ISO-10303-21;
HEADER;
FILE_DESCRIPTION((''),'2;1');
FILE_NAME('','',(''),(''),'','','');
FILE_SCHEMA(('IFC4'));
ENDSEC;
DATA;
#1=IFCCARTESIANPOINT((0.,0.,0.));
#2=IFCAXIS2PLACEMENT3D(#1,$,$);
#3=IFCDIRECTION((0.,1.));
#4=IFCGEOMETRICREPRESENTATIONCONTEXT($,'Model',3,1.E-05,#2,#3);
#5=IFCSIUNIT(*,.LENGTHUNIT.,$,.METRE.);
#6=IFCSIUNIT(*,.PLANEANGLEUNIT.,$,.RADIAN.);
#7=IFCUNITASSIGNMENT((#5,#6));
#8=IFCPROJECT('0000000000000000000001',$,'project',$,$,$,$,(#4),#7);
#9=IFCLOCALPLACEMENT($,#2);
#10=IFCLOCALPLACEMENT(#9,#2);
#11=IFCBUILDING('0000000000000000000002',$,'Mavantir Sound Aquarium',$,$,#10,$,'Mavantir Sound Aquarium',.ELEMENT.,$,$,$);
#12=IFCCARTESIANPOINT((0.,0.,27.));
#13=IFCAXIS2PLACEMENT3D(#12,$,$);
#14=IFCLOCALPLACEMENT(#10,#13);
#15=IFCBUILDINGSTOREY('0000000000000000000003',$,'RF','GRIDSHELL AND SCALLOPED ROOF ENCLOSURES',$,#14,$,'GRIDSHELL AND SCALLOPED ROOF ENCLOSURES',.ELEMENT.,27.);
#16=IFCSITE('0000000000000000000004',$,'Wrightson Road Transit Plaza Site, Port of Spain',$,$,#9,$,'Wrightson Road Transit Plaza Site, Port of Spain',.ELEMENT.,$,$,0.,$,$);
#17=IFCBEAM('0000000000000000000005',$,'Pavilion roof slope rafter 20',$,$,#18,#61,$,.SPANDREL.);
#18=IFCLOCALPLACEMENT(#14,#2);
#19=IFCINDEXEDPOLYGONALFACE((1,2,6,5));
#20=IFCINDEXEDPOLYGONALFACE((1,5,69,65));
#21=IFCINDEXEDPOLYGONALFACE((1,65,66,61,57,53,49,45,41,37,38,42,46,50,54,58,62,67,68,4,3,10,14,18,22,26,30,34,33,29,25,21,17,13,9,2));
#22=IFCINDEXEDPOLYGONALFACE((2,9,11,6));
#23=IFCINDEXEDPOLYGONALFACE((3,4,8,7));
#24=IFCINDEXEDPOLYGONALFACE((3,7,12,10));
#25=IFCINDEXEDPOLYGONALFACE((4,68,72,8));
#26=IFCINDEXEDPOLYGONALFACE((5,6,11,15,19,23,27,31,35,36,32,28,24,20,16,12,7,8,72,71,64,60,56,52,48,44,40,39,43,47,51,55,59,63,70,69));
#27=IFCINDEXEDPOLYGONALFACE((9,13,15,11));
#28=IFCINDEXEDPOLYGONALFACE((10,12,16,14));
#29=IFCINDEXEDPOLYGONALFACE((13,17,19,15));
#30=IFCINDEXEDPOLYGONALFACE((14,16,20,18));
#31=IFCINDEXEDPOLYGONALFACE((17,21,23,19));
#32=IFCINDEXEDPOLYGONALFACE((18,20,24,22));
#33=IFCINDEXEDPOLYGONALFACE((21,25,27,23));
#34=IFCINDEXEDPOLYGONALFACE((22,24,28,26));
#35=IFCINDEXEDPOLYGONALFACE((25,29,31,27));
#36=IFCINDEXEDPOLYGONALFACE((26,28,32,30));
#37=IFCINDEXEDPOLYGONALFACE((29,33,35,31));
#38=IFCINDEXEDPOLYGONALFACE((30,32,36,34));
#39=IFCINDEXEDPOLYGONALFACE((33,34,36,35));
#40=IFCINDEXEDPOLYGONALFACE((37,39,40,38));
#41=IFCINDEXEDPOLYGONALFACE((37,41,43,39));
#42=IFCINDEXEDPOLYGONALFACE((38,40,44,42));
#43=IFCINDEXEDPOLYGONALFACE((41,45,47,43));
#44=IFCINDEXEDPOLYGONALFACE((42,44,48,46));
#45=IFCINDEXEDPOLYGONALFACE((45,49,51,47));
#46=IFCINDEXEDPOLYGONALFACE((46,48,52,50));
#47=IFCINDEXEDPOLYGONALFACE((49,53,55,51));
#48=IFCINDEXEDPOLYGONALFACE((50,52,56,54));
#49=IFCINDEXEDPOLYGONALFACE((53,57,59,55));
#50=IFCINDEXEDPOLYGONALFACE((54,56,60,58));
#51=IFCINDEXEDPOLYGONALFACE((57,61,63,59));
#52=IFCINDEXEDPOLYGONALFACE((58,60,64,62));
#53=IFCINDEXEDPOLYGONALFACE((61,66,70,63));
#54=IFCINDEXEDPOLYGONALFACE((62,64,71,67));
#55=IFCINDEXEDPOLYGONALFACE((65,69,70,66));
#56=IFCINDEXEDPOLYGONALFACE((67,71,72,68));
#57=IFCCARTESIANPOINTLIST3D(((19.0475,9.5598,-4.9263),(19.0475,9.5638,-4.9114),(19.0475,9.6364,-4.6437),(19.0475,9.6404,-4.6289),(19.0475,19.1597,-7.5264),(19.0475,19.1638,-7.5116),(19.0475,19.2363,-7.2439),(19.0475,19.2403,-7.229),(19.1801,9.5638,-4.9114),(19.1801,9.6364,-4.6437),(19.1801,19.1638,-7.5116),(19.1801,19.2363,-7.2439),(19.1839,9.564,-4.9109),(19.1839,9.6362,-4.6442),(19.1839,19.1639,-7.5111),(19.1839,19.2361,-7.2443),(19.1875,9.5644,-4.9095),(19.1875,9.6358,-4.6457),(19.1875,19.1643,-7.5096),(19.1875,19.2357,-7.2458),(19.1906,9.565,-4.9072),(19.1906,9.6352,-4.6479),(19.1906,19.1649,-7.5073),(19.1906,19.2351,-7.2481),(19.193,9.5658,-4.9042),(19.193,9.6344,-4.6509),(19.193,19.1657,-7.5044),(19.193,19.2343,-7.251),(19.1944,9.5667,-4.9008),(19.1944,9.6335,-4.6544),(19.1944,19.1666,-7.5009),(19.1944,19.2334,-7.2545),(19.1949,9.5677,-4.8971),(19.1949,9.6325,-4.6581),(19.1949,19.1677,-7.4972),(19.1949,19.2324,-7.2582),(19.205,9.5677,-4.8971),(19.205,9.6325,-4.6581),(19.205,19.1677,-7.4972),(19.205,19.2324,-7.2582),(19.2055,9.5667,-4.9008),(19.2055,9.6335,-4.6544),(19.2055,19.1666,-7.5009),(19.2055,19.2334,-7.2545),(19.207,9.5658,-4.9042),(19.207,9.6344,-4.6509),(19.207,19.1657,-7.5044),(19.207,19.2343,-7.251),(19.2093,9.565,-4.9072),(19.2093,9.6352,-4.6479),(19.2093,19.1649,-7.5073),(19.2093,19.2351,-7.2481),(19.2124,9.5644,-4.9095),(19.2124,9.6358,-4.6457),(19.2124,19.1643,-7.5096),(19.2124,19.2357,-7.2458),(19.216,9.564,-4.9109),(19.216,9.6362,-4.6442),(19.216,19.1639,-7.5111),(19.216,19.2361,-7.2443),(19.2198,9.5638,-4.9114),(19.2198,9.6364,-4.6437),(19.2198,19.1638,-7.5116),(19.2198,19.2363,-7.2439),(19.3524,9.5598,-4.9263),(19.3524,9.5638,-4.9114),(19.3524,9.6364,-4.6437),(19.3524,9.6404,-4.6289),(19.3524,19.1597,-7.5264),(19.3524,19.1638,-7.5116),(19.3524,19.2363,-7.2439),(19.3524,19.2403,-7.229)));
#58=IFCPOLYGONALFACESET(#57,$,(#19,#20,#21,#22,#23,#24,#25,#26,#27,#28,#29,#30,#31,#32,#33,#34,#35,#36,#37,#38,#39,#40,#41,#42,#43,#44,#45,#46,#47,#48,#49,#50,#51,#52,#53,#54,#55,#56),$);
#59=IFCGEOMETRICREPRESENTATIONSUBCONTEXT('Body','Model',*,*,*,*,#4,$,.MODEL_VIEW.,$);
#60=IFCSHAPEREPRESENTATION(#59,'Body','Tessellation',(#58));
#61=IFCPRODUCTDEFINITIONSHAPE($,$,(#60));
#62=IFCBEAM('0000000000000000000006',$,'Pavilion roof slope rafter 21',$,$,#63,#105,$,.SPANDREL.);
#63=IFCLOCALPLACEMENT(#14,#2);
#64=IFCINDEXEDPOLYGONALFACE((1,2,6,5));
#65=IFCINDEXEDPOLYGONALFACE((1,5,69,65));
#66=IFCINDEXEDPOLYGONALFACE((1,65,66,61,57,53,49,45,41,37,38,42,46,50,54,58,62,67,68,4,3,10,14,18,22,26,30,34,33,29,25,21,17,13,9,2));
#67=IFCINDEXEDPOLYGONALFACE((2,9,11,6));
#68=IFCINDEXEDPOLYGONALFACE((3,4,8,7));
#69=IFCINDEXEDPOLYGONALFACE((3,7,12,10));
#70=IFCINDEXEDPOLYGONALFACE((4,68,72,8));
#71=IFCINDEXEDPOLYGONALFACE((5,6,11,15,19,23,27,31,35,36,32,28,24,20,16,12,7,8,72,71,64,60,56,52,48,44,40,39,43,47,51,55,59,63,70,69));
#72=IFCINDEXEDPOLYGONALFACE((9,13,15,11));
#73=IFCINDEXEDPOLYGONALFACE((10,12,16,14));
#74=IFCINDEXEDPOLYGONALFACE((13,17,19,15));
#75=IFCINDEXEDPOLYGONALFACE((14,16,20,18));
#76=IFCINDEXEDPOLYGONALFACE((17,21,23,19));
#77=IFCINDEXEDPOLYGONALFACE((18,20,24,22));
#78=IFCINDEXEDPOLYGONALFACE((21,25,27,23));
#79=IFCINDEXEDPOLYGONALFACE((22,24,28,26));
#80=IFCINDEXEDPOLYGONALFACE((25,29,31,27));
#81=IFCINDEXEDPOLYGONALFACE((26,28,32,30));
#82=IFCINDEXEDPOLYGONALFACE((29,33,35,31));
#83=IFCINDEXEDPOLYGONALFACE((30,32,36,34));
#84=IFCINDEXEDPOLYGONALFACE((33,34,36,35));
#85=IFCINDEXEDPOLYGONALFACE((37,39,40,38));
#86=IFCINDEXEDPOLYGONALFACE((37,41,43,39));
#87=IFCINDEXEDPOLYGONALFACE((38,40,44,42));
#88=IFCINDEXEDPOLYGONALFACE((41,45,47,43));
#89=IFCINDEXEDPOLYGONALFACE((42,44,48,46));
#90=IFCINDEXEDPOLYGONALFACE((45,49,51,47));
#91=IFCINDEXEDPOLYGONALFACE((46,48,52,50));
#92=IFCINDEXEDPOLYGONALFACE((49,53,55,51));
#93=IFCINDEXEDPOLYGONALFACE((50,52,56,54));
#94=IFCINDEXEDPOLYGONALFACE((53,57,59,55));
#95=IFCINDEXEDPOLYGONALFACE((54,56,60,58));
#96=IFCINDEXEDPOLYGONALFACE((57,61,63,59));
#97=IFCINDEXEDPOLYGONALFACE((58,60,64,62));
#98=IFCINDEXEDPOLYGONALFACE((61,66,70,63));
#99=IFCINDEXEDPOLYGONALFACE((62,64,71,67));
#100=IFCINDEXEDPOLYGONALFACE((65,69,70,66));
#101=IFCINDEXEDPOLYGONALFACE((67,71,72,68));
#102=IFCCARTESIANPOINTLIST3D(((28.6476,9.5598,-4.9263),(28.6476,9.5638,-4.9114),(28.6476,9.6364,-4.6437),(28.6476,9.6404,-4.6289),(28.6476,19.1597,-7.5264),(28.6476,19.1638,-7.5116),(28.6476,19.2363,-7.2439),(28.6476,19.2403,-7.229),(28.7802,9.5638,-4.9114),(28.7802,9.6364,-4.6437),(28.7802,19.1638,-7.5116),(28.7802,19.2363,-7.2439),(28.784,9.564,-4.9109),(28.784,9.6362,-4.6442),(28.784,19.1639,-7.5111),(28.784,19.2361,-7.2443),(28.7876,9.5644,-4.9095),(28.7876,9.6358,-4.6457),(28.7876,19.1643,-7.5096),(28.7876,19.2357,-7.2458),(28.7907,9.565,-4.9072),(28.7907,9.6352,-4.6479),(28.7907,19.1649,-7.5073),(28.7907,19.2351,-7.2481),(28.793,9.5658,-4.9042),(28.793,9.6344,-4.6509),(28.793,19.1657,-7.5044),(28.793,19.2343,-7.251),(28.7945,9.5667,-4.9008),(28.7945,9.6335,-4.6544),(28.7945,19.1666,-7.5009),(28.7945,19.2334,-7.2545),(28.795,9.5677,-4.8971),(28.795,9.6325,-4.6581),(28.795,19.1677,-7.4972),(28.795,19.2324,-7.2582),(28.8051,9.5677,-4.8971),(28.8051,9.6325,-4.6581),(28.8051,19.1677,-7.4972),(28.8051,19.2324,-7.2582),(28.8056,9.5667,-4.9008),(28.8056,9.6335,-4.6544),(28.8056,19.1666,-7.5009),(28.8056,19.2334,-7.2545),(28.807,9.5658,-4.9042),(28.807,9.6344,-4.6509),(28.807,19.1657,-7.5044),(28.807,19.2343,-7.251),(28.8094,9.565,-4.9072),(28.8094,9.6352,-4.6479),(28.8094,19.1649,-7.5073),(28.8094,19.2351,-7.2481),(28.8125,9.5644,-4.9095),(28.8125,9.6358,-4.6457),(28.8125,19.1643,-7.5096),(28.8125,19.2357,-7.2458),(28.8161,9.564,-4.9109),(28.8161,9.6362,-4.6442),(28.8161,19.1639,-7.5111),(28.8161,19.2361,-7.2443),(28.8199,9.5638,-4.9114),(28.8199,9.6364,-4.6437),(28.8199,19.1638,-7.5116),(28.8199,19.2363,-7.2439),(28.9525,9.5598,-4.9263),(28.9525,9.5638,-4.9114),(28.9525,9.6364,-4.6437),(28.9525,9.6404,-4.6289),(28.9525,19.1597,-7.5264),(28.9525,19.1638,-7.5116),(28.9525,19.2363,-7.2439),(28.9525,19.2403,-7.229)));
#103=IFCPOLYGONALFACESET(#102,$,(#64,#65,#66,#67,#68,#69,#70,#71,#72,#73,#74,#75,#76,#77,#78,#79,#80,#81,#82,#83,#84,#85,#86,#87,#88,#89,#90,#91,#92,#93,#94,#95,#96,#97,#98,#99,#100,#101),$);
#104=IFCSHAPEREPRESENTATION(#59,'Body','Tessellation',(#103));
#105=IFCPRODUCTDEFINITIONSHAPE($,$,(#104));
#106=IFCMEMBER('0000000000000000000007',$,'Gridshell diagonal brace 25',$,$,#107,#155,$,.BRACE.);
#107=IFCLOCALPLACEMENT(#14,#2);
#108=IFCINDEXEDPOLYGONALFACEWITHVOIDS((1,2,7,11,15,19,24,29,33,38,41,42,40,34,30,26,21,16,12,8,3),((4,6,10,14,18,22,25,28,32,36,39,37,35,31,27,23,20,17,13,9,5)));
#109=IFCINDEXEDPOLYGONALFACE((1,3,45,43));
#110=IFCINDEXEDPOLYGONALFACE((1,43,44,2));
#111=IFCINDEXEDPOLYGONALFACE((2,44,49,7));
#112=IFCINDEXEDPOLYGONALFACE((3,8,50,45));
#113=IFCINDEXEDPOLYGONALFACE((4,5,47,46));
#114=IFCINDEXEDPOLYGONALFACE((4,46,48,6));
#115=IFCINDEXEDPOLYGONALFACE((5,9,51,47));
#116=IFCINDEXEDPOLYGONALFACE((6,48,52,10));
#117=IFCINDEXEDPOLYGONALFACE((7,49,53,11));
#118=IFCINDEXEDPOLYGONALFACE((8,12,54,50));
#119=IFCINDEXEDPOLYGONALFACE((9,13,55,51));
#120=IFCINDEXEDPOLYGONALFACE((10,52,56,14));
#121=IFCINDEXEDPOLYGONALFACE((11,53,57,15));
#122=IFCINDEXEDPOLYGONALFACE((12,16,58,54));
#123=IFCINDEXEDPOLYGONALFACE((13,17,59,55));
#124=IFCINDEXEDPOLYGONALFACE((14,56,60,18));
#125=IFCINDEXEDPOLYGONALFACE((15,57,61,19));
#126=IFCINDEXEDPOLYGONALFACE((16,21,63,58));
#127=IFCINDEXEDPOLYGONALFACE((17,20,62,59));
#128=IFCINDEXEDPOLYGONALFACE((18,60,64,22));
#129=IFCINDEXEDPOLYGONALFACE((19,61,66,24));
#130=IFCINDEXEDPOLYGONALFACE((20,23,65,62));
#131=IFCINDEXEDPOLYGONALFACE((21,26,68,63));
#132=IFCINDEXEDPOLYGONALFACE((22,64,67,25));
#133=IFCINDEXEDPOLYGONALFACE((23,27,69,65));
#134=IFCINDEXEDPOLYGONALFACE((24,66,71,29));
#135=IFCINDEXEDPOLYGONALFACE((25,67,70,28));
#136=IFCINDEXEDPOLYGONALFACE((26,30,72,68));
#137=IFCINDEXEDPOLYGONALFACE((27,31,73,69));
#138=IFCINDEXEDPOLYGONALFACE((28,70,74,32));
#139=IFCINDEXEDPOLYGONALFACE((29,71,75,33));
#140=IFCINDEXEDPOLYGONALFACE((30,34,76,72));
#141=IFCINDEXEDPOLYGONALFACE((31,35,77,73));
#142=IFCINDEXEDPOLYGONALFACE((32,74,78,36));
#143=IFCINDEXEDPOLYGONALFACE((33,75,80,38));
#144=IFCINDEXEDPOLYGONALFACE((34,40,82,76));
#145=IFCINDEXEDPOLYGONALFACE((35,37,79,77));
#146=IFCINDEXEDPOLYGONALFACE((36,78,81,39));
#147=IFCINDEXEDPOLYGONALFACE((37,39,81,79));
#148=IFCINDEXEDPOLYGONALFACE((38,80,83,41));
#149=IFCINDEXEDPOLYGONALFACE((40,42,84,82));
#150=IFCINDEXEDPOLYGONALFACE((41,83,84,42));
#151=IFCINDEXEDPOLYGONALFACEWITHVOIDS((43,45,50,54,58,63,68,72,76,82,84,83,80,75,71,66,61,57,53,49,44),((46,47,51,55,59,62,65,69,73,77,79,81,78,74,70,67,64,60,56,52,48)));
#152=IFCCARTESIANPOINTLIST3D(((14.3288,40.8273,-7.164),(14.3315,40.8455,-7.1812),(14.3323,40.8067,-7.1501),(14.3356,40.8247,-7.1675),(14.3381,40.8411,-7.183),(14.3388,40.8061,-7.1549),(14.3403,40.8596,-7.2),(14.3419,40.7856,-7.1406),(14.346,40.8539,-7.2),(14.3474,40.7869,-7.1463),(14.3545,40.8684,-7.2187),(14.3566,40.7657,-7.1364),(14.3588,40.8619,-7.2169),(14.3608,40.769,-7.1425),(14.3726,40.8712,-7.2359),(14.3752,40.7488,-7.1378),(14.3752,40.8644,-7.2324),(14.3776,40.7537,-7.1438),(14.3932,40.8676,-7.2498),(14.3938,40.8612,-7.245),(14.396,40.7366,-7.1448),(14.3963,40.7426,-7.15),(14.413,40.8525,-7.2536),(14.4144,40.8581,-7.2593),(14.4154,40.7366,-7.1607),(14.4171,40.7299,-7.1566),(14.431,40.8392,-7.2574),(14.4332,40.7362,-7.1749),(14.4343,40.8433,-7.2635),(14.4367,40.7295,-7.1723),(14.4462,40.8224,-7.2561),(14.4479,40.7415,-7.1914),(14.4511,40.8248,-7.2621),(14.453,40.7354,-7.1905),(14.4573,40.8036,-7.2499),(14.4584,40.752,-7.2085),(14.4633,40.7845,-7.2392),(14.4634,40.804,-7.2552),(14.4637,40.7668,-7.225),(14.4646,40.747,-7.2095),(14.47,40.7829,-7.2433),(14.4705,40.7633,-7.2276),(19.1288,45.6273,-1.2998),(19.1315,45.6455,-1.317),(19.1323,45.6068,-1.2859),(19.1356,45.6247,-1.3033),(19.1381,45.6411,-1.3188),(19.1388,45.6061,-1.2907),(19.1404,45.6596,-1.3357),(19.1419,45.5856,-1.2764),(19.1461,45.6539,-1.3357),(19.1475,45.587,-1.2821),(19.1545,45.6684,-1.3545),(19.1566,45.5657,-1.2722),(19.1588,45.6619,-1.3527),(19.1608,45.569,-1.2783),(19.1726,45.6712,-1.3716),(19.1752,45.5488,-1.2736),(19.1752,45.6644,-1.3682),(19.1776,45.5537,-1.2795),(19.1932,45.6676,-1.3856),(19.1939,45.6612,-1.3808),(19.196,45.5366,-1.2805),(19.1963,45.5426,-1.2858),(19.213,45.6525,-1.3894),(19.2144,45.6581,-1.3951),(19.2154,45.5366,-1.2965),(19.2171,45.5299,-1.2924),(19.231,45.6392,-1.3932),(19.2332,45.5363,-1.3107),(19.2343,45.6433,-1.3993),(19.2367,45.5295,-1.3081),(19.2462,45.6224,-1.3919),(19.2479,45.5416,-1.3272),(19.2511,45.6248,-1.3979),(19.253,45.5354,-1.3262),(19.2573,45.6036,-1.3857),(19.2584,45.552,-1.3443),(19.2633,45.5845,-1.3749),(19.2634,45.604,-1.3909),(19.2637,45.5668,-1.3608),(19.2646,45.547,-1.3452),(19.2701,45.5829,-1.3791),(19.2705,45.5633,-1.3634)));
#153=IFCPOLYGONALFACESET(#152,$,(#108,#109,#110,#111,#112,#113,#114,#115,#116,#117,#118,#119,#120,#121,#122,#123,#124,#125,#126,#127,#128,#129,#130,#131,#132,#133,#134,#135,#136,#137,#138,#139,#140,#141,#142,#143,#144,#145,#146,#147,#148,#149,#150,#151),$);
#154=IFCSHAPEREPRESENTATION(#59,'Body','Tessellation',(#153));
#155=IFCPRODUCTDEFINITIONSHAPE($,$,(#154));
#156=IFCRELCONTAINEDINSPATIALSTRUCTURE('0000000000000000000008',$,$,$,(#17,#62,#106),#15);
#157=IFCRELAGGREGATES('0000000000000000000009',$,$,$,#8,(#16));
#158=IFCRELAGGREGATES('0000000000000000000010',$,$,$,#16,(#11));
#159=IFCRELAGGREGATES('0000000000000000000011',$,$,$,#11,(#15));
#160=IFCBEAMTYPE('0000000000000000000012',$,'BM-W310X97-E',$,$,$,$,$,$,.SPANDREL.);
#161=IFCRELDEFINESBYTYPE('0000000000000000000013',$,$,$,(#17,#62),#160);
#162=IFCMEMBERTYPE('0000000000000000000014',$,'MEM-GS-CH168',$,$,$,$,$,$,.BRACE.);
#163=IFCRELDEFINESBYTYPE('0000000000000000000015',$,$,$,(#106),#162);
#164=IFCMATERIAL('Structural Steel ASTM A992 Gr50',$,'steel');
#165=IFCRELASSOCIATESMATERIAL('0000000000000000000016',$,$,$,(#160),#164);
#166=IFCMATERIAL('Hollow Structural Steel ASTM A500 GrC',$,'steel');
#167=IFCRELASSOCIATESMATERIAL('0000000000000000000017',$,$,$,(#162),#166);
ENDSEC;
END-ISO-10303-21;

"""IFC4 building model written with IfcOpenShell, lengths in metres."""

from ifc_helpers import new_model, si_unit, direction, frame, origin, origin_2d, place, context, subcontext, project, spatial, hollow_circle, i_section, extrude, material, material_profile, profile_set, type_object, element, save


model = new_model("IFC4")

# Units and contexts
model_context = context("Model", 3, precision=1e-05, world=origin(), true_north=direction((0.0, 1.0)))
body_context = subcontext(model_context, "Body", "Model", "MODEL_VIEW")
ifc_project = project(units=[si_unit("LENGTHUNIT", "METRE"), si_unit("PLANEANGLEUNIT", "RADIAN")], contexts=[model_context])

# Site, building, storey
site_placement = place(None, origin())
site = spatial("IfcSite", under=ifc_project, at=site_placement, Name="Wrightson Road Transit Plaza Site, Port of Spain", LongName="Wrightson Road Transit Plaza Site, Port of Spain", CompositionType="ELEMENT", RefElevation=0.0)
building_placement = place(site_placement, origin())
building = spatial("IfcBuilding", under=site, at=building_placement, Name="Mavantir Sound Aquarium", LongName="Mavantir Sound Aquarium", CompositionType="ELEMENT")
storey_placement = place(building_placement, frame((0.0, 0.0, 27.0)))
storey = spatial("IfcBuildingStorey", under=building, at=storey_placement, Name="RF", Description="GRIDSHELL AND SCALLOPED ROOF ENCLOSURES", LongName="GRIDSHELL AND SCALLOPED ROOF ENCLOSURES", CompositionType="ELEMENT", Elevation=27.0)

# Beams
ifc_material_1 = material(Name="Hollow Structural Steel ASTM A500 GrC", Category="steel")
ifc_material_2 = material(Name="Structural Steel ASTM A992 Gr50", Category="steel")
ifc_material_profile_1 = material_profile(ifc_material_2, i_section(OverallWidth=0.3049, OverallDepth=0.3081, WebThickness=0.01, FlangeThickness=0.0154, FilletRadius=0.0149, at=origin_2d()), Name="W310X97")
ifc_profile_set_1 = profile_set([ifc_material_profile_1], Name="Structural Steel ASTM A992 Gr50")
beam_type_1 = type_object("IfcBeamType", Name="BM-W310X97-E", PredefinedType="SPANDREL", material=ifc_profile_set_1)
for number, where, z_axis, x_axis, name in (
    (1, (19.2, 9.6001, -4.7776), (0.0, 0.965223, -0.261428), (-1.0, 0.0, 0.0), "Pavilion roof slope rafter 20"),
    (2, (28.8, 9.6001, -4.7776), (0.0, 0.965223, -0.261428), (-1.0, 0.0, 0.0), "Pavilion roof slope rafter 21"),
):
    element("IfcBeam", number, at=place(storey_placement, frame(where, z_axis=z_axis, x_axis=x_axis)), inside=storey, type_object=beam_type_1, Name=name, PredefinedType="SPANDREL", context=body_context, shape_type="SweptSolid", body=[
        extrude(i_section(OverallWidth=0.3049, OverallDepth=0.3081, WebThickness=0.01, FlangeThickness=0.0154, FilletRadius=0.0149, at=origin_2d()), origin(), (0.0, 0.0, 1.0), 9.9458),
    ])

# Member
ifc_material_profile_2 = material_profile(ifc_material_1, hollow_circle(Radius=0.0842, WallThickness=0.0081, at=origin_2d()), Name="CHS 168.3X8")
ifc_profile_set_2 = profile_set([ifc_material_profile_2], Name="Hollow Structural Steel ASTM A500 GrC")
member_type_1 = type_object("IfcMemberType", Name="MEM-GS-CH168", PredefinedType="BRACE", material=ifc_profile_set_2)
member_1_placement = place(storey_placement, frame((14.3999, 40.8, -7.2), z_axis=(0.535091, 0.535091, 0.653725), x_axis=(-0.707107, 0.707107, 0.0)))
element("IfcMember", 3, at=member_1_placement, inside=storey, type_object=member_type_1, Name="Gridshell diagonal brace 25", PredefinedType="BRACE", context=body_context, shape_type="SweptSolid", body=[
    extrude(hollow_circle(Radius=0.0842, WallThickness=0.0081, at=origin_2d()), origin(), (0.0, 0.0, 1.0), 8.9705),
])

save(model, "model.ifc")
